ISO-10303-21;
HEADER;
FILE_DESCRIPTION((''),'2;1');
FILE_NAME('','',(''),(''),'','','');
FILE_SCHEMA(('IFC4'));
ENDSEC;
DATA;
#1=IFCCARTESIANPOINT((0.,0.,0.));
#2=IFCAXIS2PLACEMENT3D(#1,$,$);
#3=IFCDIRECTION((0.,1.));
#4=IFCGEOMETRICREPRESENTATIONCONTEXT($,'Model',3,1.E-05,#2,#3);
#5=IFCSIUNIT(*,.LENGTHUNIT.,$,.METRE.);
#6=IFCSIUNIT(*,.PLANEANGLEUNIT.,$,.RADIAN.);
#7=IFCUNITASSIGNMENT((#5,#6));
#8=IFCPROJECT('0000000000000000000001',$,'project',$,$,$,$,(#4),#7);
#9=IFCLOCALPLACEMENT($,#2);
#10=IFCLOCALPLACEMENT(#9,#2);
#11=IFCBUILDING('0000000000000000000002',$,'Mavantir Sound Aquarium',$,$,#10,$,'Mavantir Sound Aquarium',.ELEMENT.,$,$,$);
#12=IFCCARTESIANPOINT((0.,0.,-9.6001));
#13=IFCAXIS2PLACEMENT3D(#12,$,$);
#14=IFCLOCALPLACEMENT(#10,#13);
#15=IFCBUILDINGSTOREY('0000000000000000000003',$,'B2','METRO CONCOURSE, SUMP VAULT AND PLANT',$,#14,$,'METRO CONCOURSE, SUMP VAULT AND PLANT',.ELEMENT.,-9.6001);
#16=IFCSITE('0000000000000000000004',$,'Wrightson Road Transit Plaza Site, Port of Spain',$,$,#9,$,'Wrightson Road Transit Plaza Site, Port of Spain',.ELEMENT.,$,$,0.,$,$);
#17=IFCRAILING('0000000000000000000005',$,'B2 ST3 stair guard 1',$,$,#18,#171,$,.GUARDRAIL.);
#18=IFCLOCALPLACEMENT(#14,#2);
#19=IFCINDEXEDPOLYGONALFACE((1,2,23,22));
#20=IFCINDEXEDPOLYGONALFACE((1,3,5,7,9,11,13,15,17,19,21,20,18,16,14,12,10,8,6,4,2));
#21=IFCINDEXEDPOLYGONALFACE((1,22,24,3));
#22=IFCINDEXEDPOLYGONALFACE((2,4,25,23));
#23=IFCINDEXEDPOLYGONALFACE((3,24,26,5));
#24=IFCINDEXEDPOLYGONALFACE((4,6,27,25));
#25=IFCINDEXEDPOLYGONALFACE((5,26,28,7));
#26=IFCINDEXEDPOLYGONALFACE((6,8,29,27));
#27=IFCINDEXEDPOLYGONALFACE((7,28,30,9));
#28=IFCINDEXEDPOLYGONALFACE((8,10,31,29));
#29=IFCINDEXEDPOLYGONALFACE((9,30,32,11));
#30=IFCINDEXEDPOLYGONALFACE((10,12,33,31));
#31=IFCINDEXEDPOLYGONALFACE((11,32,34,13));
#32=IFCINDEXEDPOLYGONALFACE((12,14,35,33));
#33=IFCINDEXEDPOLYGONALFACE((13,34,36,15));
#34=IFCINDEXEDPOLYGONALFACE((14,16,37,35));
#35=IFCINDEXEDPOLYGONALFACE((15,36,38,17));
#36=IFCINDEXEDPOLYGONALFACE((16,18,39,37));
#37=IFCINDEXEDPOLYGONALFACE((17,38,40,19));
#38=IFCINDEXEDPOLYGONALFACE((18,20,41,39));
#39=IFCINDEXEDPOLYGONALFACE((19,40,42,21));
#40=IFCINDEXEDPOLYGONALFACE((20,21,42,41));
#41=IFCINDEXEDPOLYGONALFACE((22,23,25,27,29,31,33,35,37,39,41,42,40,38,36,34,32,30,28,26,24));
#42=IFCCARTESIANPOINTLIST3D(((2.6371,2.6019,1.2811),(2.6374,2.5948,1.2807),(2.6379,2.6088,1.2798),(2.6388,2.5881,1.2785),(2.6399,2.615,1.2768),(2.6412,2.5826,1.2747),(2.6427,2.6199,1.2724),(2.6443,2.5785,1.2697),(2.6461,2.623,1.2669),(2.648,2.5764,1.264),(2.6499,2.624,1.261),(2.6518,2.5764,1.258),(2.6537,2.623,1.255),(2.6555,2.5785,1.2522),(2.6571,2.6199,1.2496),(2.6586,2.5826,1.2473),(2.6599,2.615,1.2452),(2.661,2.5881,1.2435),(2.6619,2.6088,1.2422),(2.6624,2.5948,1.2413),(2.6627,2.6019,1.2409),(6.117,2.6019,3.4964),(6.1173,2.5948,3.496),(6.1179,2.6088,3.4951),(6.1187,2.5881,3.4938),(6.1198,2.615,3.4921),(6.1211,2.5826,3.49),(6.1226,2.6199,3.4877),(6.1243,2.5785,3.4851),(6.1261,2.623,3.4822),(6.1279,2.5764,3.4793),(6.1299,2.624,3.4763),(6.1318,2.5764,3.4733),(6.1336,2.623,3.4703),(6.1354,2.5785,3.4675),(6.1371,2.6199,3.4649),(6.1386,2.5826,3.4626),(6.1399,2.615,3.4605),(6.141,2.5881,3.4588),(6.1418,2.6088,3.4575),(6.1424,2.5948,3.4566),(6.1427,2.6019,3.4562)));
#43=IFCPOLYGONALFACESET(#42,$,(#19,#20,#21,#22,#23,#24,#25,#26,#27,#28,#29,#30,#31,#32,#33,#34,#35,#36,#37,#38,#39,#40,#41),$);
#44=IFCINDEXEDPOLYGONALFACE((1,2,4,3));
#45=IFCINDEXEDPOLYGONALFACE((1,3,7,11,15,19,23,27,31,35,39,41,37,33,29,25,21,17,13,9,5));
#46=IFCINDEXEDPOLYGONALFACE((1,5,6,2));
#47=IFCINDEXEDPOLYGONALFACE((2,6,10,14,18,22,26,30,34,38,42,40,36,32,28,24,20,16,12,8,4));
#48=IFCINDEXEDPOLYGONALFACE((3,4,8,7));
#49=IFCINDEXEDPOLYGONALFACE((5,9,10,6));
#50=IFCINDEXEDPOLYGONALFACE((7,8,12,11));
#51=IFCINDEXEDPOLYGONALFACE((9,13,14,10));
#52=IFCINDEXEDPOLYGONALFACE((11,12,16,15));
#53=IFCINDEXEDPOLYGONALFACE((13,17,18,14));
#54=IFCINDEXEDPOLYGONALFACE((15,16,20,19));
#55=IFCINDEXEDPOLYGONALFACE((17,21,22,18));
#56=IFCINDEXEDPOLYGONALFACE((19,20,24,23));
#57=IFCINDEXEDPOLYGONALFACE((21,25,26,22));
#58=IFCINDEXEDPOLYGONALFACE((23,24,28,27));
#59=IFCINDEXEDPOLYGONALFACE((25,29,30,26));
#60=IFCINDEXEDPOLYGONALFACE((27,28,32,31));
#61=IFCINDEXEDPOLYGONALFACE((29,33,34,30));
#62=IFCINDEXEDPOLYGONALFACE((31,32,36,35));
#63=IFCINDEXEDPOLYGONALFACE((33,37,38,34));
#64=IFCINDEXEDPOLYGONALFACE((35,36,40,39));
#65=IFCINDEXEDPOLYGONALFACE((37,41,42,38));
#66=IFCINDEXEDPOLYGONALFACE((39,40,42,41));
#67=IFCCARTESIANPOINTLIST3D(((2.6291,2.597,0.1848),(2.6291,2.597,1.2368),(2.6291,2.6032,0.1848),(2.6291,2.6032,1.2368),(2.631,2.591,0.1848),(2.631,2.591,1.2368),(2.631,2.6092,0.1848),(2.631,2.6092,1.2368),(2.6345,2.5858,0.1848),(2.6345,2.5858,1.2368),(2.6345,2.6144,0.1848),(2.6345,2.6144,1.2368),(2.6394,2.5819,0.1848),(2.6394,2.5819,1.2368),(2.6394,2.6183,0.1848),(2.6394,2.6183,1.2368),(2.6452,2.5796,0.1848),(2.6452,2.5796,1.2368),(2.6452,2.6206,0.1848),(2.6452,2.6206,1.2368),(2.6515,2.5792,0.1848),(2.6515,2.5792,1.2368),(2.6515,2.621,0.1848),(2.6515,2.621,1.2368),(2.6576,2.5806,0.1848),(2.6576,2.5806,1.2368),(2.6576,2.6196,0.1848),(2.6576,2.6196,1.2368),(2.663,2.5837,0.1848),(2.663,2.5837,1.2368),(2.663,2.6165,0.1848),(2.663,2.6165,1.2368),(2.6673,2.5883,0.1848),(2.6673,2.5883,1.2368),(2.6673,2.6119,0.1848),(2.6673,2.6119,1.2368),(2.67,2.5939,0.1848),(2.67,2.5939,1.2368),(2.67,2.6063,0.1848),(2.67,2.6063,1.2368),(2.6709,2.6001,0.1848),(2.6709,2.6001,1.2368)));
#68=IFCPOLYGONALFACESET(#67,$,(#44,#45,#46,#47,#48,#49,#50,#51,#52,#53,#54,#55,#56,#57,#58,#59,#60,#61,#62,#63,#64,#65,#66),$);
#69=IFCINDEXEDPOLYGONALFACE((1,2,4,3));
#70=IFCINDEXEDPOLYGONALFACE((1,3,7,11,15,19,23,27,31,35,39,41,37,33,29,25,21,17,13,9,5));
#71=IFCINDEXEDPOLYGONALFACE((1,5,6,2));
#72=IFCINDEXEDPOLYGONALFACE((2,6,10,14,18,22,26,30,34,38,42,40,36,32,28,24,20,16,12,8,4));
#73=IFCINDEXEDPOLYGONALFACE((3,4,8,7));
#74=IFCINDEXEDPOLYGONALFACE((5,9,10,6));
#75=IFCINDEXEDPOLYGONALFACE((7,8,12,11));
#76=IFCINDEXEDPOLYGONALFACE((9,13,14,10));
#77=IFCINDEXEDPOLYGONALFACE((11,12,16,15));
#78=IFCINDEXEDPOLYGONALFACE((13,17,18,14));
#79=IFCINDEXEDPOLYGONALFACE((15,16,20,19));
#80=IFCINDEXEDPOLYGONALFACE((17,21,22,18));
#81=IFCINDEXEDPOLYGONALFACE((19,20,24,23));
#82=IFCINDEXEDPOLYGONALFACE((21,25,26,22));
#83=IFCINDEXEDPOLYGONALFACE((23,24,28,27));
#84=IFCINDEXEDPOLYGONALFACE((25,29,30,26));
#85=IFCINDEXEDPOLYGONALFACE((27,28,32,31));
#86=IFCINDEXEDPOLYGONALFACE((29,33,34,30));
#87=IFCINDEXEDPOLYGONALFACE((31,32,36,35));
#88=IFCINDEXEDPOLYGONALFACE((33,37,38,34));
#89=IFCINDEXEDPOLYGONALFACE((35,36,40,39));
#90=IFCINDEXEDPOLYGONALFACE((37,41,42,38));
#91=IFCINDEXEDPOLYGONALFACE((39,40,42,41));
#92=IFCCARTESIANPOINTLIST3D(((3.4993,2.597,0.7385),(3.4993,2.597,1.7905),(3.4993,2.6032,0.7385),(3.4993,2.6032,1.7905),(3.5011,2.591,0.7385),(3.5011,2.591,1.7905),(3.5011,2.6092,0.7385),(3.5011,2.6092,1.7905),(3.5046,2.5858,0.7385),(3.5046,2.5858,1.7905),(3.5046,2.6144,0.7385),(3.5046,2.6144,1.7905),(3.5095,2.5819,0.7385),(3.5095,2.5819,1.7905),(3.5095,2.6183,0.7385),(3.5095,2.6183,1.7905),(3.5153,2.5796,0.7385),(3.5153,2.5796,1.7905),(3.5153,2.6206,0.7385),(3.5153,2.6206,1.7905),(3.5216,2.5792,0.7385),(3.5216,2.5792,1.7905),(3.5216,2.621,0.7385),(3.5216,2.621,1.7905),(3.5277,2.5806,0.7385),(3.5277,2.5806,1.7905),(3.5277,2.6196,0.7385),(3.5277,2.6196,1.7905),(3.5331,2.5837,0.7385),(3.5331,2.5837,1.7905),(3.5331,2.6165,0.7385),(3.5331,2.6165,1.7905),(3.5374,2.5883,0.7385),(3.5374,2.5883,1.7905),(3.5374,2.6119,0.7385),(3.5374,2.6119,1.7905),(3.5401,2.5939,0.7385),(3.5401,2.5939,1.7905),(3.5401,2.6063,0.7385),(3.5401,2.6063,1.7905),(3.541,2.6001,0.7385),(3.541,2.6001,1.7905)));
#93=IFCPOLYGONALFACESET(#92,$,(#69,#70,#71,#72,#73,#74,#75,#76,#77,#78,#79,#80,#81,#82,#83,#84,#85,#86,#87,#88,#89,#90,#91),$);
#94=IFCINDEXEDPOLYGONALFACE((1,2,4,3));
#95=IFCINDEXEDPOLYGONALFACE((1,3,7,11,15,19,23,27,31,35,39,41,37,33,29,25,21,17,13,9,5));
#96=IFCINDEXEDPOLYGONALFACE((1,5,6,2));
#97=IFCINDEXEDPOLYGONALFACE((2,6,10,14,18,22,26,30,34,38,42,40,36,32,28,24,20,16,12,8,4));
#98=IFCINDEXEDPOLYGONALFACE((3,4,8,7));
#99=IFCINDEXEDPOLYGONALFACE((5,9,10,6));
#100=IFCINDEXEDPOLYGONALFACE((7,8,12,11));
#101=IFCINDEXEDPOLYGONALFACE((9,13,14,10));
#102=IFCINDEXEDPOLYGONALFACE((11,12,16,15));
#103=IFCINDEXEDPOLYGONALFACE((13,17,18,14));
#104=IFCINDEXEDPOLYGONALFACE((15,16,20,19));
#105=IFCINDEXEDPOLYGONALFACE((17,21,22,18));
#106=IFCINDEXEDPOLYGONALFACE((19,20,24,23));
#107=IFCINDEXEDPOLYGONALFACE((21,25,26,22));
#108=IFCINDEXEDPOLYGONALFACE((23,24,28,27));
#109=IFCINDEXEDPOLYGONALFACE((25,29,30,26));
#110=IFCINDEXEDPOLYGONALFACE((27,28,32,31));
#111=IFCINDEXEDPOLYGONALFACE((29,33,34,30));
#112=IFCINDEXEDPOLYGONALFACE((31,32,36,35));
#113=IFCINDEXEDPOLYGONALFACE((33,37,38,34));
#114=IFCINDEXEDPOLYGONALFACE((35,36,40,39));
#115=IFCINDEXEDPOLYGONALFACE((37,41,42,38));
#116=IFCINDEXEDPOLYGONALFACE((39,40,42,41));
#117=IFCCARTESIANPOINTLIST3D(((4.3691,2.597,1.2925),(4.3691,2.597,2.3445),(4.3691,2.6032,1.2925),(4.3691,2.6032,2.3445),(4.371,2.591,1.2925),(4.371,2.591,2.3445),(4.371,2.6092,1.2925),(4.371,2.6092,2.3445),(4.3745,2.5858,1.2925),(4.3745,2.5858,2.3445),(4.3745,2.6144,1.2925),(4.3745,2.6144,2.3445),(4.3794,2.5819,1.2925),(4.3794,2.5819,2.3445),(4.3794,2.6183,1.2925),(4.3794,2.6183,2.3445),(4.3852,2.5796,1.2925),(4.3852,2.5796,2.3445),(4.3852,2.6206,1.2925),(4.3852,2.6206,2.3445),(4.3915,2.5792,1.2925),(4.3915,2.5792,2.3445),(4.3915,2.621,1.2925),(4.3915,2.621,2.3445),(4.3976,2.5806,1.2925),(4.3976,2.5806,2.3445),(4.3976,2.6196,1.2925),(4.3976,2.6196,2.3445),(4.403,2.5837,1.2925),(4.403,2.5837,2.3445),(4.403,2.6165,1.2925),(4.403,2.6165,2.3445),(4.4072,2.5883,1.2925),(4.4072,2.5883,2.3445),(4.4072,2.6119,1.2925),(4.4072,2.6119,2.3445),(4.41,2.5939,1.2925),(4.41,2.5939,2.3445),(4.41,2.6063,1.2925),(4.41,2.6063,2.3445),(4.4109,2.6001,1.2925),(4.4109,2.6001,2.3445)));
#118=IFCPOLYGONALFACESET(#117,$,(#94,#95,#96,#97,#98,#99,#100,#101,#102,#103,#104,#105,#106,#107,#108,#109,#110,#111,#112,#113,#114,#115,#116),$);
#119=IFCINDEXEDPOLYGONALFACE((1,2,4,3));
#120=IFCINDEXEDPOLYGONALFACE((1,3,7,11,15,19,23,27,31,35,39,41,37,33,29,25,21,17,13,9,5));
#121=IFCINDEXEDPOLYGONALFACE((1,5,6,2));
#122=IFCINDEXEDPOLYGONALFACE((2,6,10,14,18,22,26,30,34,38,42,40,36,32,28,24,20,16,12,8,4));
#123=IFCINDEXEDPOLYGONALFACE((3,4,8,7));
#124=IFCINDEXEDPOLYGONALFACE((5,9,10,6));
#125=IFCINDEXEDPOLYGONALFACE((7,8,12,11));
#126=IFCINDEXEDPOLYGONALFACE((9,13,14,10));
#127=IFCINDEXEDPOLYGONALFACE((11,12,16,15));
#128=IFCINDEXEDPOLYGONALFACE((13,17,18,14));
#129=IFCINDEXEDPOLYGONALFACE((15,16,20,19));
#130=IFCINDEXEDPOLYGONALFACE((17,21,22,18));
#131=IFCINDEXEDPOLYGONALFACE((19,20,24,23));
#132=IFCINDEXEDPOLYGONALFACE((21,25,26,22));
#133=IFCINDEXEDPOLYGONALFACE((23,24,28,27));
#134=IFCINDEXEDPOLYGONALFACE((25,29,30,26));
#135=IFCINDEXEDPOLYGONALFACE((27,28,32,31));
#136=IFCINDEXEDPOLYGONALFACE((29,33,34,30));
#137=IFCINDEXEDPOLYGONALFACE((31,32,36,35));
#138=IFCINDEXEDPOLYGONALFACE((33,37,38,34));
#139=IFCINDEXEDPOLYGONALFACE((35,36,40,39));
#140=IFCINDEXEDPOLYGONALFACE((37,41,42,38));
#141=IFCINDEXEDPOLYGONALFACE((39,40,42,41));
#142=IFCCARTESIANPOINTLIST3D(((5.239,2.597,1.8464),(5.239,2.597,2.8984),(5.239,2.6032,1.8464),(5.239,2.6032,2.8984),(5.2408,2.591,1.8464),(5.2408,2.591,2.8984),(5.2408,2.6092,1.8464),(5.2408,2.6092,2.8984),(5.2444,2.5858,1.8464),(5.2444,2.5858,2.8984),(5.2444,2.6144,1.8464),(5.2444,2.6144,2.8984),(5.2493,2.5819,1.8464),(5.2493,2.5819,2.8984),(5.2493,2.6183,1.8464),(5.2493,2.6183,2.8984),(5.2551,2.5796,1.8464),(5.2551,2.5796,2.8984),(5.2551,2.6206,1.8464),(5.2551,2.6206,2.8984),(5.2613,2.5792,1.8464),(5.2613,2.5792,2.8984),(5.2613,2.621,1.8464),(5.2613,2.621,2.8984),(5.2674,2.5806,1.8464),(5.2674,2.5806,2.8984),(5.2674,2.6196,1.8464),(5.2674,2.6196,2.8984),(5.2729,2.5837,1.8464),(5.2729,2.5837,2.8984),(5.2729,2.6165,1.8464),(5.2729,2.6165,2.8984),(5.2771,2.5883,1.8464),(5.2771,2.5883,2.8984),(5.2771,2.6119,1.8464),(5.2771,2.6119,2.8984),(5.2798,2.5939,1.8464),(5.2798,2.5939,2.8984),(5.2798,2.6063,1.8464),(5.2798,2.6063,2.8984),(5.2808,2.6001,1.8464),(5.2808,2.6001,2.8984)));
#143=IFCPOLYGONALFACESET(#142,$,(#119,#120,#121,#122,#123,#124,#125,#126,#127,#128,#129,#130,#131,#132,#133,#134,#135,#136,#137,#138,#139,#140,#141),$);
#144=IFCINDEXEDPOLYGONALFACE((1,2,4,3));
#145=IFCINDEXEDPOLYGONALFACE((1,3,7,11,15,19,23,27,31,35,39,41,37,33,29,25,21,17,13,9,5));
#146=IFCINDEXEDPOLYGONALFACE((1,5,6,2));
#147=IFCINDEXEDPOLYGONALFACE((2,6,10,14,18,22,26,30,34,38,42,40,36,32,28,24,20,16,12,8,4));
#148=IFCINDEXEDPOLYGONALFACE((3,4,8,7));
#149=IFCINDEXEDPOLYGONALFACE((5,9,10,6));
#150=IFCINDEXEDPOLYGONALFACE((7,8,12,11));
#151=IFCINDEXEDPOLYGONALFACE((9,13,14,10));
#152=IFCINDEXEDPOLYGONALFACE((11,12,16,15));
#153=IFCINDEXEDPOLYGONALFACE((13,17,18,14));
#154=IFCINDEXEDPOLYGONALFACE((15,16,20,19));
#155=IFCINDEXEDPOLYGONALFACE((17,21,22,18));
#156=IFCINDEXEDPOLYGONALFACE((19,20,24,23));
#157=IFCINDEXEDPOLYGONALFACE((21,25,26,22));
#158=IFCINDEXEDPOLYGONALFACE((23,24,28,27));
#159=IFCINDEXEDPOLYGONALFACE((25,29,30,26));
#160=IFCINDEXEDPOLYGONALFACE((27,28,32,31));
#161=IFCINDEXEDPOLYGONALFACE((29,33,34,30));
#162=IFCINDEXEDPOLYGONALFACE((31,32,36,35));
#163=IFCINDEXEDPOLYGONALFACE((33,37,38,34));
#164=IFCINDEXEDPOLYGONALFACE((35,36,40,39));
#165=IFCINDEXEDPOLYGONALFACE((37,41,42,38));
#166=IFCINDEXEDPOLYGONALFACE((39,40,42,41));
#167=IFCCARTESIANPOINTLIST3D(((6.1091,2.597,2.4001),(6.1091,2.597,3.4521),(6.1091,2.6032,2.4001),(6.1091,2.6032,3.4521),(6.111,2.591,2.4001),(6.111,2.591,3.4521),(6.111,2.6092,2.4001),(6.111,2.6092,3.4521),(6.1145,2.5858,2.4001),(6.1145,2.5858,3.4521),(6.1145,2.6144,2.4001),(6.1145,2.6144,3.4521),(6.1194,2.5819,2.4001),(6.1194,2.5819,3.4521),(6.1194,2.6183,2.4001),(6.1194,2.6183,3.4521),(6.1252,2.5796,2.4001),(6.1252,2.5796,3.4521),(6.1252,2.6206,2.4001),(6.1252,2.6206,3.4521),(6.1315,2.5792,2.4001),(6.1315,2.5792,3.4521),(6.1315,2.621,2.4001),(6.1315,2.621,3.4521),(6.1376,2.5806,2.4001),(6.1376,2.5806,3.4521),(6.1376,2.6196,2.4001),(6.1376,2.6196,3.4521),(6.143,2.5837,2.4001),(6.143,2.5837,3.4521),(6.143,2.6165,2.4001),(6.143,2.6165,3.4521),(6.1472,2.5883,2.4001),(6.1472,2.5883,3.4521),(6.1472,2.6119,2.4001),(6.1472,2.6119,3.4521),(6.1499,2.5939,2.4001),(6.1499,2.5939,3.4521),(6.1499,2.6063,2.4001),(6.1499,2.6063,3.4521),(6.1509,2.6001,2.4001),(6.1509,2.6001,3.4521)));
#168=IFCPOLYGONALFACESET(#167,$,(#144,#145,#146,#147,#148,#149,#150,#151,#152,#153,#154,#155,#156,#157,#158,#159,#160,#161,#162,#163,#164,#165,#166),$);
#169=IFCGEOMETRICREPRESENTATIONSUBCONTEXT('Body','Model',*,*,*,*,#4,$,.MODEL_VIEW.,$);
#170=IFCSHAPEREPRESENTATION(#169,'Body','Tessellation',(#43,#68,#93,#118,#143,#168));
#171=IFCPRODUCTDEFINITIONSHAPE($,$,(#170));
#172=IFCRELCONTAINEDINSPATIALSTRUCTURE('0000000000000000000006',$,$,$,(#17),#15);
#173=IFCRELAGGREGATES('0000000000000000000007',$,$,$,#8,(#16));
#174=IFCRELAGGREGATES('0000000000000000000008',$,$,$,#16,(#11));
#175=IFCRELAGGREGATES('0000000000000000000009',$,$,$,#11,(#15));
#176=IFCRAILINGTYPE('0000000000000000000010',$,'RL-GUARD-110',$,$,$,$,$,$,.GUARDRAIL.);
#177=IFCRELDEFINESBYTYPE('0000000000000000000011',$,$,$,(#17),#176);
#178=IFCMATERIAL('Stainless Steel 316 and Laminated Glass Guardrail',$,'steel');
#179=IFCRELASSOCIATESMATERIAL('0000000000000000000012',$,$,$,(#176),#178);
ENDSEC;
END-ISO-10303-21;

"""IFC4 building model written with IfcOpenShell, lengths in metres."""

from ifc_helpers import new_model, si_unit, direction, frame, origin, origin_2d, place, context, subcontext, project, spatial, circle, extrude, material, type_object, element, save


model = new_model("IFC4")

# Units and contexts
model_context = context("Model", 3, precision=1e-05, world=origin(), true_north=direction((0.0, 1.0)))
body_context = subcontext(model_context, "Body", "Model", "MODEL_VIEW")
ifc_project = project(units=[si_unit("LENGTHUNIT", "METRE"), si_unit("PLANEANGLEUNIT", "RADIAN")], contexts=[model_context])

# Site, building, storey
site_placement = place(None, origin())
site = spatial("IfcSite", under=ifc_project, at=site_placement, Name="Wrightson Road Transit Plaza Site, Port of Spain", LongName="Wrightson Road Transit Plaza Site, Port of Spain", CompositionType="ELEMENT", RefElevation=0.0)
building_placement = place(site_placement, origin())
building = spatial("IfcBuilding", under=site, at=building_placement, Name="Mavantir Sound Aquarium", LongName="Mavantir Sound Aquarium", CompositionType="ELEMENT")
storey_placement = place(building_placement, frame((0.0, 0.0, -9.6001)))
storey = spatial("IfcBuildingStorey", under=building, at=storey_placement, Name="B2", Description="METRO CONCOURSE, SUMP VAULT AND PLANT", LongName="METRO CONCOURSE, SUMP VAULT AND PLANT", CompositionType="ELEMENT", Elevation=-9.6001)

# Railing
ifc_material_1 = material(Name="Stainless Steel 316 and Laminated Glass Guardrail", Category="steel")
railing_type_1 = type_object("IfcRailingType", Name="RL-GUARD-110", PredefinedType="GUARDRAIL", material=ifc_material_1)
railing_1_placement = place(storey_placement, frame((2.6499, 2.6001, 0.1848)))
element("IfcRailing", 1, at=railing_1_placement, inside=storey, type_object=railing_type_1, Name="B2 ST3 stair guard 1", PredefinedType="GUARDRAIL", context=body_context, shape_type="SweptSolid", body=[
    extrude(circle(Radius=0.0239, at=origin_2d()), frame((0.0, 0.0, 1.0762), z_axis=(0.843574, 0.0, 0.537013), x_axis=(0.0, 1.0, 0.0)), (0.0, 0.0, 1.0), 4.1252),
    extrude(circle(Radius=0.021, at=origin_2d()), origin(), (0.0, 0.0, 1.0), 1.052),
    extrude(circle(Radius=0.021, at=origin_2d()), frame((0.8701, 0.0, 0.5537)), (0.0, 0.0, 1.0), 1.052),
    extrude(circle(Radius=0.021, at=origin_2d()), frame((1.74, 0.0, 1.1077)), (0.0, 0.0, 1.0), 1.052),
    extrude(circle(Radius=0.021, at=origin_2d()), frame((2.6099, 0.0, 1.6616)), (0.0, 0.0, 1.0), 1.052),
    extrude(circle(Radius=0.021, at=origin_2d()), frame((3.48, 0.0, 2.2153)), (0.0, 0.0, 1.0), 1.052),
])

save(model, "model.ifc")
